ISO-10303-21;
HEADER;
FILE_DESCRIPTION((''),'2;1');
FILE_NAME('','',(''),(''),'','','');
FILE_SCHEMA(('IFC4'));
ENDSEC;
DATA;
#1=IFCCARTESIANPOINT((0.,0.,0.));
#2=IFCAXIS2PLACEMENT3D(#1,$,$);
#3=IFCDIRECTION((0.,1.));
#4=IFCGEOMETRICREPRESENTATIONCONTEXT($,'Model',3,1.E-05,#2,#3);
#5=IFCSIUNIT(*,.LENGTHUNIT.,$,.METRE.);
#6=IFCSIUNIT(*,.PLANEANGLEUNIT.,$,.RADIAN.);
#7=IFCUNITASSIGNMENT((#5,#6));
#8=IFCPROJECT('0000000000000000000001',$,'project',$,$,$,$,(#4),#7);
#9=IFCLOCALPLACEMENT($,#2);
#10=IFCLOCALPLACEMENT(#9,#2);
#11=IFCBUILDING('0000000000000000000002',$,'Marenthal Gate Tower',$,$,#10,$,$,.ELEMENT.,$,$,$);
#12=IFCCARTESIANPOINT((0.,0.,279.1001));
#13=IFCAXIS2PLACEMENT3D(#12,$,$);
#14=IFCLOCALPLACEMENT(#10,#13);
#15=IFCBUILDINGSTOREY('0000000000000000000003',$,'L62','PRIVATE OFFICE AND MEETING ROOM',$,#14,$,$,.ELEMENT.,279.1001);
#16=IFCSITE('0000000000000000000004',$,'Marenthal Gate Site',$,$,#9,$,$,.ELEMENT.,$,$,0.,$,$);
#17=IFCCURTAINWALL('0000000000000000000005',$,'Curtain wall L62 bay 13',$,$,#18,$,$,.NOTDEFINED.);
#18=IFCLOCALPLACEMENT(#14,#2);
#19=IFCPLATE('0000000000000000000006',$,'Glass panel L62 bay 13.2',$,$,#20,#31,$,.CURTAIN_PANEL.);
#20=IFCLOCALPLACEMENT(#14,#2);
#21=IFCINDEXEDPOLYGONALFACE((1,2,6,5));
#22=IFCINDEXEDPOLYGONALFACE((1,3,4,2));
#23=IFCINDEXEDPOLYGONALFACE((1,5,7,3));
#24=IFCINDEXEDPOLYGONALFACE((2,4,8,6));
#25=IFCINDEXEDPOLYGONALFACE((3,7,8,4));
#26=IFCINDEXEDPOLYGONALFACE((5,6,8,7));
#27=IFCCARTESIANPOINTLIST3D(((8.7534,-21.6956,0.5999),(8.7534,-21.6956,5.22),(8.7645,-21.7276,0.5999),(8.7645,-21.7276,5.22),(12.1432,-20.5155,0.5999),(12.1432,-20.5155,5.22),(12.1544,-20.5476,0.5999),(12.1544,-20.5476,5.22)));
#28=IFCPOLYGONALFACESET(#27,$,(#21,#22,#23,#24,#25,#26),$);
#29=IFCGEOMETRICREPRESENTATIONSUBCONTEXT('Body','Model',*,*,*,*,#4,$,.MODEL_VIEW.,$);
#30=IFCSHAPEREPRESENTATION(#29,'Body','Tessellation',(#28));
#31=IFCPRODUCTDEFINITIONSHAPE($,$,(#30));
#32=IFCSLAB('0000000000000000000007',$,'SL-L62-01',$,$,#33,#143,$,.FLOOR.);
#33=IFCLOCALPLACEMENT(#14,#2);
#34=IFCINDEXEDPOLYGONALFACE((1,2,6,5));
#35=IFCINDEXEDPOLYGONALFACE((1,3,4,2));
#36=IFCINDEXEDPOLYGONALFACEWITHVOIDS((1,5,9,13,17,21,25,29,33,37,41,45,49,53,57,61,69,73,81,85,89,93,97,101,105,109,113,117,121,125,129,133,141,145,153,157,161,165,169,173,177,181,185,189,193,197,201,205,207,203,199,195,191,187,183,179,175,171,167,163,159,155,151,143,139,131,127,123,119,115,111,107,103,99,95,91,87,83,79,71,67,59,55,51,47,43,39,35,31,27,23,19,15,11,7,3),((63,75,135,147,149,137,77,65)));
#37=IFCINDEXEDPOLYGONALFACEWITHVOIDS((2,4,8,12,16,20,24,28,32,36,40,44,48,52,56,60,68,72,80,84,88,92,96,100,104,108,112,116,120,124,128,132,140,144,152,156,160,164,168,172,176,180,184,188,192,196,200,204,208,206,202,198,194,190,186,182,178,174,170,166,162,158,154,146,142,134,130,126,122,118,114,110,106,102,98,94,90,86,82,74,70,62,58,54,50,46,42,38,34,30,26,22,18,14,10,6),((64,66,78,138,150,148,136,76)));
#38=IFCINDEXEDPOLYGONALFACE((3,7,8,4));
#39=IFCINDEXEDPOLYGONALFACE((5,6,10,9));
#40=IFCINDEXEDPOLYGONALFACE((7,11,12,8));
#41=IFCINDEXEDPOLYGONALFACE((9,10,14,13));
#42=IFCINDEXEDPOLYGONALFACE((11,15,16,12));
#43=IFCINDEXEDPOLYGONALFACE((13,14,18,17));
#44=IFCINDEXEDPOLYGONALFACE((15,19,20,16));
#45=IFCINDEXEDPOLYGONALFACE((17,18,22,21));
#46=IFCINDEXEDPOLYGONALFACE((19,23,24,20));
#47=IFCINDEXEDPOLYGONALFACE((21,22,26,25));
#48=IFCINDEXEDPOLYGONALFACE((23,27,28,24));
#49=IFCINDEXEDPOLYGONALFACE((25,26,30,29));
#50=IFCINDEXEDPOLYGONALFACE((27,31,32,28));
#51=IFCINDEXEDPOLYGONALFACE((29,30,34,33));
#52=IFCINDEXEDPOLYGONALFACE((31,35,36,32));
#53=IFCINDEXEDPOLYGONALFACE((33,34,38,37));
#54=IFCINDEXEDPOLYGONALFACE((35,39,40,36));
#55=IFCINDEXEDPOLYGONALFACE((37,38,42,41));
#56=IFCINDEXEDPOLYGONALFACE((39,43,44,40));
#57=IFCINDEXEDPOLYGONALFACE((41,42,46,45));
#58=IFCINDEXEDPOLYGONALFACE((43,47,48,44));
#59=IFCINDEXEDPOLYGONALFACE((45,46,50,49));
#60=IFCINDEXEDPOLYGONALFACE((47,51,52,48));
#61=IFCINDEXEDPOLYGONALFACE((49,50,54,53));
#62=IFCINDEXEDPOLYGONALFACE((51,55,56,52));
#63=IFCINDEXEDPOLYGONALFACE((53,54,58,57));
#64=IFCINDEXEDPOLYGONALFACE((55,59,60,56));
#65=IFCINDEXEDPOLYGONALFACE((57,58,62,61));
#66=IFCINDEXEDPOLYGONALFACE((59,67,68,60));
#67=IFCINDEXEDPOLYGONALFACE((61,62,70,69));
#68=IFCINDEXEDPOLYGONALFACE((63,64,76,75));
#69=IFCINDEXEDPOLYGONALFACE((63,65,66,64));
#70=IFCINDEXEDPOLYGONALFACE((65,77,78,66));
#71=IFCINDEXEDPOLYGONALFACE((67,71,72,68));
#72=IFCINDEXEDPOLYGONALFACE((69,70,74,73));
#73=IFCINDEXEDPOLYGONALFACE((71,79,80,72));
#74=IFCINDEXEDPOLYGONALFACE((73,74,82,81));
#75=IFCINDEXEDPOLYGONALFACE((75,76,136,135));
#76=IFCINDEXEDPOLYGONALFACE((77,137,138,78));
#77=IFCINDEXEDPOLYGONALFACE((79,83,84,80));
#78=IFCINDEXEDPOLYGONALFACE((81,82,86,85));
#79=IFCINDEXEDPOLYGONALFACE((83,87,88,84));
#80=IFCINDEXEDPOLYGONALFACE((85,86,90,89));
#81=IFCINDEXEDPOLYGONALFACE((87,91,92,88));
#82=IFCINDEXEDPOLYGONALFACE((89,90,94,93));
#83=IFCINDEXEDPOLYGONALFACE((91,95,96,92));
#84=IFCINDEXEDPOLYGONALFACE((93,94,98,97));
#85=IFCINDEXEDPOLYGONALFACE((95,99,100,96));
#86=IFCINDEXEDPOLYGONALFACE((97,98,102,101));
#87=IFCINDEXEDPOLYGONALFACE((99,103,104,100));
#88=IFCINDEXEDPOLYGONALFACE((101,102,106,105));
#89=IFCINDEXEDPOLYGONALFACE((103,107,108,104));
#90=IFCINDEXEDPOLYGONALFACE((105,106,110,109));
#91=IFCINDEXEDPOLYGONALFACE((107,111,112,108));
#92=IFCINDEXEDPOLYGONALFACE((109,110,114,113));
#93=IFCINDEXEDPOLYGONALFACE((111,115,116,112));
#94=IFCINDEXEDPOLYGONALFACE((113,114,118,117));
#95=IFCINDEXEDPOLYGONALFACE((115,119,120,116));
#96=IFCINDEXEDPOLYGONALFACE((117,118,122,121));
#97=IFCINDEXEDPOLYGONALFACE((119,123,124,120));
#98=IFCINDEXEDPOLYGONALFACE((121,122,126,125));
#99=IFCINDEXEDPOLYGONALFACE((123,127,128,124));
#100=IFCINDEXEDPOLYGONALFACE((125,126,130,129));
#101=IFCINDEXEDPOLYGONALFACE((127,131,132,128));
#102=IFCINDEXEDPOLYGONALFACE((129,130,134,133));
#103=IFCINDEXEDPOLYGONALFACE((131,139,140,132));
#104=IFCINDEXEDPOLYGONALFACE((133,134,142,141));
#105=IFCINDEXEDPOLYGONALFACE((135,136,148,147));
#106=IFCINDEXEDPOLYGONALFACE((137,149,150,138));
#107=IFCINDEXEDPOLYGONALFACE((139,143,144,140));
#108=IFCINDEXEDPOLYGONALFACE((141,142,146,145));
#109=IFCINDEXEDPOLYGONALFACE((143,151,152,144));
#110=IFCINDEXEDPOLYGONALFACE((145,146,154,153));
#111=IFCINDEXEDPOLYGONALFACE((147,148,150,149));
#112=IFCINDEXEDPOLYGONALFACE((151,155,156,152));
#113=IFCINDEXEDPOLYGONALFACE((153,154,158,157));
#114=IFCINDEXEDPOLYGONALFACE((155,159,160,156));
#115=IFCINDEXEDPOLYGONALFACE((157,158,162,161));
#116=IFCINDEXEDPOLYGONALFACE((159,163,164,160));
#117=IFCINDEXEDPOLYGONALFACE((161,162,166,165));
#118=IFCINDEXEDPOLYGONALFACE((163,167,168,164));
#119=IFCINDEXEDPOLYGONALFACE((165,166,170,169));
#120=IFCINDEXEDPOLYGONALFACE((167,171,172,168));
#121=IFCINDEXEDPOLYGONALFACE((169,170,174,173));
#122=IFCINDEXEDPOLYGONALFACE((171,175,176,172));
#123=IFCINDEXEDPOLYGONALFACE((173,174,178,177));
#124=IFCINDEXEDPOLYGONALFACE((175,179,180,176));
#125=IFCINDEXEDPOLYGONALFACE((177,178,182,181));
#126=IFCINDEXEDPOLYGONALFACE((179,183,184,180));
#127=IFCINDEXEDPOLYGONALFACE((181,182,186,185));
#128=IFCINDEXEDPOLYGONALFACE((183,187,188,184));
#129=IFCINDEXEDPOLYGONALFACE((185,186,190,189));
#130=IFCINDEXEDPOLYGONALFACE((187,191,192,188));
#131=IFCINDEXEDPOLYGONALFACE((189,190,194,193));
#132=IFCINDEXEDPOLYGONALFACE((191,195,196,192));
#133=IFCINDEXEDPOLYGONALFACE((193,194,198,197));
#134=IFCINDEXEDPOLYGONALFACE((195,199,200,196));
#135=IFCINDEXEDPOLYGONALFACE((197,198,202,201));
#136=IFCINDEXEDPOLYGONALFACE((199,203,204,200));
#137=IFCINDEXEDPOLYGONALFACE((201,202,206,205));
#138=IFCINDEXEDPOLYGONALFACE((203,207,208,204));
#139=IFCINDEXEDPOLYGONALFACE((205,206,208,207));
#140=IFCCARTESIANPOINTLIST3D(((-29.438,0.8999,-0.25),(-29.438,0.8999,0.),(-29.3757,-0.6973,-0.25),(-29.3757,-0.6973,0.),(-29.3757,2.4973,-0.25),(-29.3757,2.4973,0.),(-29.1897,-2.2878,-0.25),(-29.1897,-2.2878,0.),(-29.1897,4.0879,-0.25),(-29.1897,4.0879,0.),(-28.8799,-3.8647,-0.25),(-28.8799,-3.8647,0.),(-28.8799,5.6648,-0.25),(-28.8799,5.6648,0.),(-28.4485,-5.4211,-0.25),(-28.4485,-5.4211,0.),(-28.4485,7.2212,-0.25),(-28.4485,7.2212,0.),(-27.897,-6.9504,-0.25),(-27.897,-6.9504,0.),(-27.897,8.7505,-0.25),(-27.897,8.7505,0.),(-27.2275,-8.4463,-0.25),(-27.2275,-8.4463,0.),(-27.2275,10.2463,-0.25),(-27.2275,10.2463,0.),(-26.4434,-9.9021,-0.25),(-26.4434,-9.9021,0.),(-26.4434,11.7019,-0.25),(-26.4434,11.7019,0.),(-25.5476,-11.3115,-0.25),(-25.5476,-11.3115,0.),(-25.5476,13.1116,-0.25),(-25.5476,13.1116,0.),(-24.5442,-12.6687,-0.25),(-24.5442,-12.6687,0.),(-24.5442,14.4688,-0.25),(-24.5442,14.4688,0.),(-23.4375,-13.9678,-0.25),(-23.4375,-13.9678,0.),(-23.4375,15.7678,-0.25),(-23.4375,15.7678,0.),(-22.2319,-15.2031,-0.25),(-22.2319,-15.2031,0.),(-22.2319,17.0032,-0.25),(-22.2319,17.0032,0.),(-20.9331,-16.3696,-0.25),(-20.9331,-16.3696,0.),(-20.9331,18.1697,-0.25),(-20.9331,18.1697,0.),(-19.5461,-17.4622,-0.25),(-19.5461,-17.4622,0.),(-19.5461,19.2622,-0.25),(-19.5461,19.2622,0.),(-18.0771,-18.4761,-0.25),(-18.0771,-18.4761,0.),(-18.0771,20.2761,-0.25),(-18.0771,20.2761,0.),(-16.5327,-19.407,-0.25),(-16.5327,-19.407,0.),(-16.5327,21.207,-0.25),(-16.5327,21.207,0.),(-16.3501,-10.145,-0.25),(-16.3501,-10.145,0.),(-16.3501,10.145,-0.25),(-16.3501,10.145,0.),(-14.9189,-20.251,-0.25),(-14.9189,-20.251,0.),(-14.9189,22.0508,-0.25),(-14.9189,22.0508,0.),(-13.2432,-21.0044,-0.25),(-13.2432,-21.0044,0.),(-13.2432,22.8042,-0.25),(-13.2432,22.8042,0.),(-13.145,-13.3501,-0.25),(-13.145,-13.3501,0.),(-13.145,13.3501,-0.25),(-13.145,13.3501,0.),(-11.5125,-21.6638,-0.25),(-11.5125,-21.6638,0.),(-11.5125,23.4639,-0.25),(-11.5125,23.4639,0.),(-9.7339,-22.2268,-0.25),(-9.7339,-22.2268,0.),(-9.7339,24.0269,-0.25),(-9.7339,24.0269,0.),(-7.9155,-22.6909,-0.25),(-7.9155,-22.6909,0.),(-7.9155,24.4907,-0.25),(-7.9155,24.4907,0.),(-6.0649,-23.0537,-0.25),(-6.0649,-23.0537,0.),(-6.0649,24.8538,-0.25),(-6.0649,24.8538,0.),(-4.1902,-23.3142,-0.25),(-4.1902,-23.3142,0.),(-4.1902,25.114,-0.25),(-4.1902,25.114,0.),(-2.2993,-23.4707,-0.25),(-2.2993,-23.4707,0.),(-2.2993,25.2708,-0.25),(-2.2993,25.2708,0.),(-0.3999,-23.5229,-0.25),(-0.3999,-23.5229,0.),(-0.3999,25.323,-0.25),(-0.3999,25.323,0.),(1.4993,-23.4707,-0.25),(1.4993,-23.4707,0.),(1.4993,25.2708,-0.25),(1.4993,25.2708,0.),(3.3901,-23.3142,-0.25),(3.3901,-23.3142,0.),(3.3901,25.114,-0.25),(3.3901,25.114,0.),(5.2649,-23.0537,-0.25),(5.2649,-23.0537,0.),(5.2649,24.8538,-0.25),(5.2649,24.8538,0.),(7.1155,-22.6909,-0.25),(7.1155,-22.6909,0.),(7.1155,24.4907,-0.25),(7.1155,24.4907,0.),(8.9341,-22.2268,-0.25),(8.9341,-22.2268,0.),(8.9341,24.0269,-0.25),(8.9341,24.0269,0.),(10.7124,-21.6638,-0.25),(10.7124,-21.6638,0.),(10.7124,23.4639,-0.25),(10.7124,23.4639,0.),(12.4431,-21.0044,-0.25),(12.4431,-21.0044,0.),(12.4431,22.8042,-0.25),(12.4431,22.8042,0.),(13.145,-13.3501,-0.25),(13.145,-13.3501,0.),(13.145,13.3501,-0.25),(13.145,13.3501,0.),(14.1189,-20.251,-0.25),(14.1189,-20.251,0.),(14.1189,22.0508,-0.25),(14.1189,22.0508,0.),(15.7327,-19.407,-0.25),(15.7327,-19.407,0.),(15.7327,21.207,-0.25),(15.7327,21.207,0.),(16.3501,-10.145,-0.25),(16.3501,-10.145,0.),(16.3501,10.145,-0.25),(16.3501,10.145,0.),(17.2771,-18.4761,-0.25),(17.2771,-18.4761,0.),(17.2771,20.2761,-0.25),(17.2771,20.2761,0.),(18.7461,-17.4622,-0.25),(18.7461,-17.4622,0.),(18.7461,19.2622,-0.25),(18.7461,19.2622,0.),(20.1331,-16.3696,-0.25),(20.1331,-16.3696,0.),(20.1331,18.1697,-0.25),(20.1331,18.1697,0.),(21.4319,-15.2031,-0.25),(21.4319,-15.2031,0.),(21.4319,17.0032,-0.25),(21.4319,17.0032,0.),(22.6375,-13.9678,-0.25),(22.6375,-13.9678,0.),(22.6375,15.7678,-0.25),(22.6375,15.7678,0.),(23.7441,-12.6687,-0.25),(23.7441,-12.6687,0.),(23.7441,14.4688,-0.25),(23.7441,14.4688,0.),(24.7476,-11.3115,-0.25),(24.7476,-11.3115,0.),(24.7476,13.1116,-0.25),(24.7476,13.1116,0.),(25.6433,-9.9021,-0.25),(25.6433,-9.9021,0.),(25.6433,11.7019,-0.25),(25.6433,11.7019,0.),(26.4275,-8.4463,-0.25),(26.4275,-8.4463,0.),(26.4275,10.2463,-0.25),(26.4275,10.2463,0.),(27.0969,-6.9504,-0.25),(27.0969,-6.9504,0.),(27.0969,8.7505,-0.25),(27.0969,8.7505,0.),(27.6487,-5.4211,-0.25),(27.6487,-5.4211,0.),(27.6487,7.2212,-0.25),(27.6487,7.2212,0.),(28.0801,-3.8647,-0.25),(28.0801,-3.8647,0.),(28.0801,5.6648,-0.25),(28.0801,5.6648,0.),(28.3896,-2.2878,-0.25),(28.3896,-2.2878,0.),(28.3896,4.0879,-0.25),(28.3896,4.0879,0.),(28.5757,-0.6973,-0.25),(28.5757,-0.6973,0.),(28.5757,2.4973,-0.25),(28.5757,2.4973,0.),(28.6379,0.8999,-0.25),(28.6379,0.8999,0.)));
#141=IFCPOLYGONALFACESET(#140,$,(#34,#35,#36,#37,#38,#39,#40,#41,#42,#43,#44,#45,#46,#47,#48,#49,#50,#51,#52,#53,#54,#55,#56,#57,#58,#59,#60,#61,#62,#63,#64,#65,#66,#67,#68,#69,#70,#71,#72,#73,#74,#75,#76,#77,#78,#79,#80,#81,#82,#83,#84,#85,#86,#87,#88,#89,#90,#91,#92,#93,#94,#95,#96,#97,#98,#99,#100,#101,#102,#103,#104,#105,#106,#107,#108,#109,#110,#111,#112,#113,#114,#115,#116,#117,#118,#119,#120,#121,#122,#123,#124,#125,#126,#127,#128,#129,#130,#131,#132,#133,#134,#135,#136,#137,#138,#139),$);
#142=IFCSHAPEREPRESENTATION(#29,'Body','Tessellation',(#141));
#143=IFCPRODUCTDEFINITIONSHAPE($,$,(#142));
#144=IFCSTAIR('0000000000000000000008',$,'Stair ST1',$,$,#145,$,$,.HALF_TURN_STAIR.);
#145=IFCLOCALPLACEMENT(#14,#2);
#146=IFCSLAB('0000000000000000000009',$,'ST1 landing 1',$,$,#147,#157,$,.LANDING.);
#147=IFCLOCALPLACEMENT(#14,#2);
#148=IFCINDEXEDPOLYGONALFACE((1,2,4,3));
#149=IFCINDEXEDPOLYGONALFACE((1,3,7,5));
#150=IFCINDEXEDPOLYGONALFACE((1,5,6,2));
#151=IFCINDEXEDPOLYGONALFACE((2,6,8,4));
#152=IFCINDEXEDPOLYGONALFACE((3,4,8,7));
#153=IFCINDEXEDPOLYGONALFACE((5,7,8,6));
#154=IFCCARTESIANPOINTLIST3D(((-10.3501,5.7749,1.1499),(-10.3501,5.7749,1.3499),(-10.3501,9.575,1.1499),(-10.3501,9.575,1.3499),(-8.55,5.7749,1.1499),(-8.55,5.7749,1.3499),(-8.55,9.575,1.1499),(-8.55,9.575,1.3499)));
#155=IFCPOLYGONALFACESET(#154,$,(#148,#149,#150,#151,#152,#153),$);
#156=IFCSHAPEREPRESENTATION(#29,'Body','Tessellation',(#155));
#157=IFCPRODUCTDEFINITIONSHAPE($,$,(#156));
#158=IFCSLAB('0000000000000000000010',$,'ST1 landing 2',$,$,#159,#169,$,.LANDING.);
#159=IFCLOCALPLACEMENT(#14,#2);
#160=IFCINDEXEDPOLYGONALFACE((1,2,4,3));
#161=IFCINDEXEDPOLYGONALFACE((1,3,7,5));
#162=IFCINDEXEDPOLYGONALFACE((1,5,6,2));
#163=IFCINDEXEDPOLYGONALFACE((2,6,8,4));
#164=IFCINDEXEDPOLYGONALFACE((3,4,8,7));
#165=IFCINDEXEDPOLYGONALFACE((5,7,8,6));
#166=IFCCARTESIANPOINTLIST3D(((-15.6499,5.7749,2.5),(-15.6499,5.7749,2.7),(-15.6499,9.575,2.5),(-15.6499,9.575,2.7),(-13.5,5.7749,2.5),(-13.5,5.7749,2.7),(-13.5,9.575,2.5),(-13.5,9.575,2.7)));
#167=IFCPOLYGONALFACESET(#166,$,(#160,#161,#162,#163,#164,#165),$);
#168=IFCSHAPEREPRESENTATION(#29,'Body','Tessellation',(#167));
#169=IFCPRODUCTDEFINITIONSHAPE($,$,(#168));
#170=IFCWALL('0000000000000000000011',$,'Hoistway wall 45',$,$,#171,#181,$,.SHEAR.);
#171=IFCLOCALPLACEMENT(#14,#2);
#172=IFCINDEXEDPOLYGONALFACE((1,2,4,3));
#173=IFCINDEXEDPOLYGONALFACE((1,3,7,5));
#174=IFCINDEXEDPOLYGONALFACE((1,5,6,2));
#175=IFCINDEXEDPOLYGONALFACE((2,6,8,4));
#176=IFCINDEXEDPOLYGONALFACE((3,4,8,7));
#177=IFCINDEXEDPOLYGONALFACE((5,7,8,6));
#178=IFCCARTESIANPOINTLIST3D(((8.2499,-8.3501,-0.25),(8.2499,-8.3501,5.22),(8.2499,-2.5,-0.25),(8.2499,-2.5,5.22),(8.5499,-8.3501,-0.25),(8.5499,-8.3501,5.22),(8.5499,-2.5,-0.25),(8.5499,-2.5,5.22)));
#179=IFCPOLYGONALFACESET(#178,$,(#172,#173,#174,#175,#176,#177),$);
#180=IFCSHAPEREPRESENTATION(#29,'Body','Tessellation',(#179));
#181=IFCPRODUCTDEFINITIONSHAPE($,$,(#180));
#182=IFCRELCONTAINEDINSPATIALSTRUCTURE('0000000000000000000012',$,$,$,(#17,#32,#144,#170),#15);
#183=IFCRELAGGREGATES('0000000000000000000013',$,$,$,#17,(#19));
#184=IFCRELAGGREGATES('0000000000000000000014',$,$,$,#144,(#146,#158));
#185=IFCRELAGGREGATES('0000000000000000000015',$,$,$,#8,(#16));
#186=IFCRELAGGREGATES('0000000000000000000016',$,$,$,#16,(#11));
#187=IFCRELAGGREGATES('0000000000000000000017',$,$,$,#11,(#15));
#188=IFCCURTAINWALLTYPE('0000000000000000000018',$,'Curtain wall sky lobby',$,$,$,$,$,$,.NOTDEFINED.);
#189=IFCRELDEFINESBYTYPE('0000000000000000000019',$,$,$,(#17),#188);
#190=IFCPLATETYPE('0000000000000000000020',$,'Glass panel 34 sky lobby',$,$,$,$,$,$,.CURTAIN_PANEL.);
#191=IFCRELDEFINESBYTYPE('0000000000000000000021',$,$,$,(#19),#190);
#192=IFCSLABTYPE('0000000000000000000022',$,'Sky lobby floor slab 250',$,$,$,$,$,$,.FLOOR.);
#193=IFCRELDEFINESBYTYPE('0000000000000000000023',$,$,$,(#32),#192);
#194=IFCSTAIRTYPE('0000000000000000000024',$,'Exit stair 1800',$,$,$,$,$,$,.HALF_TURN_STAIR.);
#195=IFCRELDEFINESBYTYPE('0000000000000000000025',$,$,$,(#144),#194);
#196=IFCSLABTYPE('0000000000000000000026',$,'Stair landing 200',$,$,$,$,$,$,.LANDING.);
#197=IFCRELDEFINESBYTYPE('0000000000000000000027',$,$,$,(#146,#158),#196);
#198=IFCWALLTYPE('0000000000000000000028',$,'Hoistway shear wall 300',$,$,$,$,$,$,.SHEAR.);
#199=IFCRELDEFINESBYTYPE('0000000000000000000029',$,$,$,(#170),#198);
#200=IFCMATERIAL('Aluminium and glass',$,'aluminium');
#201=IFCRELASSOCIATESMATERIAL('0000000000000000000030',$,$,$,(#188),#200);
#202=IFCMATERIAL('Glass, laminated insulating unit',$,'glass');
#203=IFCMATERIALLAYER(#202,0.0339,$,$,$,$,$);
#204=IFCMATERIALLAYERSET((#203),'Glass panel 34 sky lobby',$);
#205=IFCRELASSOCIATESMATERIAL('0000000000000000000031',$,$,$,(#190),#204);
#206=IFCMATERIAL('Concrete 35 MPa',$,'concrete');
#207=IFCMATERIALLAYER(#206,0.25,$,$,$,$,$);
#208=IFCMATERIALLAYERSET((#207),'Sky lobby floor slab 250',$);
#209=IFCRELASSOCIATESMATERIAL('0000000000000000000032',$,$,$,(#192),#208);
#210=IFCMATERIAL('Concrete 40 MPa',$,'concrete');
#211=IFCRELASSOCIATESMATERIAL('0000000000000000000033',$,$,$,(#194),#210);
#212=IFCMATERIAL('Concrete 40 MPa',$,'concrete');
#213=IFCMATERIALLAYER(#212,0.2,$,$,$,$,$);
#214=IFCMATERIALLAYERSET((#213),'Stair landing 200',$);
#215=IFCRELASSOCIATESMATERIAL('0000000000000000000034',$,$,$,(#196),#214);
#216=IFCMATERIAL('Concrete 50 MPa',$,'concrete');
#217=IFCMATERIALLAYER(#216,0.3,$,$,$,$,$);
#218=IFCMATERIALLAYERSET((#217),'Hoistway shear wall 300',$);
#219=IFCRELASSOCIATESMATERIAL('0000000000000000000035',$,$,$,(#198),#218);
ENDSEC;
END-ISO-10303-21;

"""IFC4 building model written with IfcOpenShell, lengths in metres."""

from ifc_helpers import new_model, si_unit, direction, frame, frame_2d, origin, origin_2d, place, context, subcontext, project, spatial, polyline, rectangle, outline, extrude, material, layer, layer_set, type_object, element, aggregate, save


model = new_model("IFC4")

# Units and contexts
model_context = context("Model", 3, precision=1e-05, world=origin(), true_north=direction((0.0, 1.0)))
body_context = subcontext(model_context, "Body", "Model", "MODEL_VIEW")
ifc_project = project(units=[si_unit("LENGTHUNIT", "METRE"), si_unit("PLANEANGLEUNIT", "RADIAN")], contexts=[model_context])

# Site, building, storey
site_placement = place(None, origin())
site = spatial("IfcSite", under=ifc_project, at=site_placement, Name="Marenthal Gate Site", CompositionType="ELEMENT", RefElevation=0.0)
building_placement = place(site_placement, origin())
building = spatial("IfcBuilding", under=site, at=building_placement, Name="Marenthal Gate Tower", CompositionType="ELEMENT")
storey_placement = place(building_placement, frame((0.0, 0.0, 279.1001)))
storey = spatial("IfcBuildingStorey", under=building, at=storey_placement, Name="L62", Description="PRIVATE OFFICE AND MEETING ROOM", CompositionType="ELEMENT", Elevation=279.1001)

# Curtain wall
ifc_material_1 = material(Name="Aluminium and glass", Category="aluminium")
curtain_wall_type = type_object("IfcCurtainWallType", Name="Curtain wall sky lobby", PredefinedType="NOTDEFINED", material=ifc_material_1)
curtain_wall_1_placement = place(storey_placement, origin())
curtain_wall_1 = element("IfcCurtainWall", 1, at=curtain_wall_1_placement, inside=storey, type_object=curtain_wall_type, Name="Curtain wall L62 bay 13", PredefinedType="NOTDEFINED")

# Plate
ifc_material_2 = material(Name="Glass, laminated insulating unit", Category="glass")
ifc_layer_1 = layer(ifc_material_2, 0.0339)
ifc_layer_set_1 = layer_set([ifc_layer_1], Name="Glass panel 34 sky lobby")
plate_type = type_object("IfcPlateType", Name="Glass panel 34 sky lobby", PredefinedType="CURTAIN_PANEL", material=ifc_layer_set_1)
plate_1_placement = place(storey_placement, frame((10.4539, -21.1216, 0.5999), z_axis=(0.0, 0.0, 1.0), x_axis=(0.944415, 0.328757, 0.0)))
plate_1 = element("IfcPlate", 2, at=plate_1_placement, type_object=plate_type, Name="Glass panel L62 bay 13.2", PredefinedType="CURTAIN_PANEL", context=body_context, shape_type="SweptSolid", body=[
    extrude(rectangle(XDim=3.5894, YDim=0.0339, at=origin_2d()), origin(), (0.0, 0.0, 1.0), 4.6201),
])
aggregate(curtain_wall_1, [plate_1])

# Slab
ifc_material_3 = material(Name="Concrete 35 MPa", Category="concrete")
ifc_layer_2 = layer(ifc_material_3, 0.25)
ifc_layer_set_2 = layer_set([ifc_layer_2], Name="Sky lobby floor slab 250")
slab_type_1 = type_object("IfcSlabType", Name="Sky lobby floor slab 250", PredefinedType="FLOOR", material=ifc_layer_set_2)
slab_1_placement = place(storey_placement, frame((0.0, 0.0, -0.25)))
element("IfcSlab", 3, at=slab_1_placement, inside=storey, type_object=slab_type_1, Name="SL-L62-01", PredefinedType="FLOOR", context=body_context, shape_type="SweptSolid", body=[
    extrude(outline(polyline([(28.6379, 0.8999), (28.5757, 2.4973), (28.3896, 4.0879), (28.0801, 5.6648), (27.6487, 7.2212), (27.0969, 8.7505), (26.4275, 10.2463), (25.6433, 11.7019), (24.7476, 13.1116), (23.7441, 14.4688), (22.6375, 15.7678), (21.4319, 17.0032), (20.1331, 18.1697), (18.7461, 19.2622), (17.2771, 20.2761), (15.7327, 21.207), (14.1189, 22.0508), (12.4431, 22.8042), (10.7124, 23.4639), (8.9341, 24.0269), (7.1155, 24.4907), (5.2649, 24.8538), (3.3901, 25.114), (1.4993, 25.2708), (-0.3999, 25.323), (-2.2993, 25.2708), (-4.1902, 25.114), (-6.0649, 24.8538), (-7.9155, 24.4907), (-9.7339, 24.0269), (-11.5125, 23.4639), (-13.2432, 22.8042), (-14.9189, 22.0508), (-16.5327, 21.207), (-18.0771, 20.2761), (-19.5461, 19.2622), (-20.9331, 18.1697), (-22.2319, 17.0032), (-23.4375, 15.7678), (-24.5442, 14.4688), (-25.5476, 13.1116), (-26.4434, 11.7019), (-27.2275, 10.2463), (-27.897, 8.7505), (-28.4485, 7.2212), (-28.8799, 5.6648), (-29.1897, 4.0879), (-29.3757, 2.4973), (-29.438, 0.8999), (-29.3757, -0.6973), (-29.1897, -2.2878), (-28.8799, -3.8647), (-28.4485, -5.4211), (-27.897, -6.9504), (-27.2275, -8.4463), (-26.4434, -9.9021), (-25.5476, -11.3115), (-24.5442, -12.6687), (-23.4375, -13.9678), (-22.2319, -15.2031), (-20.9331, -16.3696), (-19.5461, -17.4622), (-18.0771, -18.4761), (-16.5327, -19.407), (-14.9189, -20.251), (-13.2432, -21.0044), (-11.5125, -21.6638), (-9.7339, -22.2268), (-7.9155, -22.6909), (-6.0649, -23.0537), (-4.1902, -23.3142), (-2.2993, -23.4707), (-0.3999, -23.5229), (1.4993, -23.4707), (3.3901, -23.3142), (5.2649, -23.0537), (7.1155, -22.6909), (8.9341, -22.2268), (10.7124, -21.6638), (12.4431, -21.0044), (14.1189, -20.251), (15.7327, -19.407), (17.2771, -18.4761), (18.7461, -17.4622), (20.1331, -16.3696), (21.4319, -15.2031), (22.6375, -13.9678), (23.7441, -12.6687), (24.7476, -11.3115), (25.6433, -9.9021), (26.4275, -8.4463), (27.0969, -6.9504), (27.6487, -5.4211), (28.0801, -3.8647), (28.3896, -2.2878), (28.5757, -0.6973), (28.6379, 0.8999)]), holes=[polyline([(13.145, -13.3501), (16.3501, -10.145), (16.3501, 10.145), (13.145, 13.3501), (-13.145, 13.3501), (-16.3501, 10.145), (-16.3501, -10.145), (-13.145, -13.3501), (13.145, -13.3501)])]), origin(), (0.0, 0.0, 1.0), 0.25),
])

# Stair, slabs
ifc_material_4 = material(Name="Concrete 40 MPa", Category="concrete")
stair_type = type_object("IfcStairType", Name="Exit stair 1800", PredefinedType="HALF_TURN_STAIR", material=ifc_material_4)
stair_placement = place(storey_placement, origin())
stair = element("IfcStair", 4, at=stair_placement, inside=storey, type_object=stair_type, Name="Stair ST1", PredefinedType="HALF_TURN_STAIR")
ifc_material_5 = material(Name="Concrete 40 MPa", Category="concrete")
ifc_layer_3 = layer(ifc_material_5, 0.2)
ifc_layer_set_3 = layer_set([ifc_layer_3], Name="Stair landing 200")
slab_type_2 = type_object("IfcSlabType", Name="Stair landing 200", PredefinedType="LANDING", material=ifc_layer_set_3)
slab_2_placement = place(storey_placement, frame((0.0, 0.0, 1.1499)))
slab_2 = element("IfcSlab", 5, at=slab_2_placement, type_object=slab_type_2, Name="ST1 landing 1", PredefinedType="LANDING", context=body_context, shape_type="SweptSolid", body=[
    extrude(outline(polyline([(-10.3501, 5.7749), (-8.55, 5.7749), (-8.55, 9.575), (-10.3501, 9.575), (-10.3501, 5.7749)])), origin(), (0.0, 0.0, 1.0), 0.2),
])
slab_3_placement = place(storey_placement, frame((0.0, 0.0, 2.5)))
slab_3 = element("IfcSlab", 6, at=slab_3_placement, type_object=slab_type_2, Name="ST1 landing 2", PredefinedType="LANDING", context=body_context, shape_type="SweptSolid", body=[
    extrude(outline(polyline([(-15.6499, 5.7749), (-13.5, 5.7749), (-13.5, 9.575), (-15.6499, 9.575), (-15.6499, 5.7749)])), origin(), (0.0, 0.0, 1.0), 0.2),
])
aggregate(stair, [slab_2, slab_3])

# Wall
ifc_material_6 = material(Name="Concrete 50 MPa", Category="concrete")
ifc_layer_4 = layer(ifc_material_6, 0.3)
ifc_layer_set_4 = layer_set([ifc_layer_4], Name="Hoistway shear wall 300")
wall_type_1 = type_object("IfcWallType", Name="Hoistway shear wall 300", PredefinedType="SHEAR", material=ifc_layer_set_4)
wall_1_placement = place(storey_placement, frame((8.3999, -8.3501, -0.25), z_axis=(0.0, 0.0, 1.0), x_axis=(0.0, 1.0, 0.0)))
element("IfcWall", 7, at=wall_1_placement, inside=storey, type_object=wall_type_1, Name="Hoistway wall 45", PredefinedType="SHEAR", context=body_context, shape_type="SweptSolid", body=[
    extrude(rectangle(XDim=5.8501, YDim=0.3, at=frame_2d((2.925, 0.0))), origin(), (0.0, 0.0, 1.0), 5.47),
])

save(model, "model.ifc")
